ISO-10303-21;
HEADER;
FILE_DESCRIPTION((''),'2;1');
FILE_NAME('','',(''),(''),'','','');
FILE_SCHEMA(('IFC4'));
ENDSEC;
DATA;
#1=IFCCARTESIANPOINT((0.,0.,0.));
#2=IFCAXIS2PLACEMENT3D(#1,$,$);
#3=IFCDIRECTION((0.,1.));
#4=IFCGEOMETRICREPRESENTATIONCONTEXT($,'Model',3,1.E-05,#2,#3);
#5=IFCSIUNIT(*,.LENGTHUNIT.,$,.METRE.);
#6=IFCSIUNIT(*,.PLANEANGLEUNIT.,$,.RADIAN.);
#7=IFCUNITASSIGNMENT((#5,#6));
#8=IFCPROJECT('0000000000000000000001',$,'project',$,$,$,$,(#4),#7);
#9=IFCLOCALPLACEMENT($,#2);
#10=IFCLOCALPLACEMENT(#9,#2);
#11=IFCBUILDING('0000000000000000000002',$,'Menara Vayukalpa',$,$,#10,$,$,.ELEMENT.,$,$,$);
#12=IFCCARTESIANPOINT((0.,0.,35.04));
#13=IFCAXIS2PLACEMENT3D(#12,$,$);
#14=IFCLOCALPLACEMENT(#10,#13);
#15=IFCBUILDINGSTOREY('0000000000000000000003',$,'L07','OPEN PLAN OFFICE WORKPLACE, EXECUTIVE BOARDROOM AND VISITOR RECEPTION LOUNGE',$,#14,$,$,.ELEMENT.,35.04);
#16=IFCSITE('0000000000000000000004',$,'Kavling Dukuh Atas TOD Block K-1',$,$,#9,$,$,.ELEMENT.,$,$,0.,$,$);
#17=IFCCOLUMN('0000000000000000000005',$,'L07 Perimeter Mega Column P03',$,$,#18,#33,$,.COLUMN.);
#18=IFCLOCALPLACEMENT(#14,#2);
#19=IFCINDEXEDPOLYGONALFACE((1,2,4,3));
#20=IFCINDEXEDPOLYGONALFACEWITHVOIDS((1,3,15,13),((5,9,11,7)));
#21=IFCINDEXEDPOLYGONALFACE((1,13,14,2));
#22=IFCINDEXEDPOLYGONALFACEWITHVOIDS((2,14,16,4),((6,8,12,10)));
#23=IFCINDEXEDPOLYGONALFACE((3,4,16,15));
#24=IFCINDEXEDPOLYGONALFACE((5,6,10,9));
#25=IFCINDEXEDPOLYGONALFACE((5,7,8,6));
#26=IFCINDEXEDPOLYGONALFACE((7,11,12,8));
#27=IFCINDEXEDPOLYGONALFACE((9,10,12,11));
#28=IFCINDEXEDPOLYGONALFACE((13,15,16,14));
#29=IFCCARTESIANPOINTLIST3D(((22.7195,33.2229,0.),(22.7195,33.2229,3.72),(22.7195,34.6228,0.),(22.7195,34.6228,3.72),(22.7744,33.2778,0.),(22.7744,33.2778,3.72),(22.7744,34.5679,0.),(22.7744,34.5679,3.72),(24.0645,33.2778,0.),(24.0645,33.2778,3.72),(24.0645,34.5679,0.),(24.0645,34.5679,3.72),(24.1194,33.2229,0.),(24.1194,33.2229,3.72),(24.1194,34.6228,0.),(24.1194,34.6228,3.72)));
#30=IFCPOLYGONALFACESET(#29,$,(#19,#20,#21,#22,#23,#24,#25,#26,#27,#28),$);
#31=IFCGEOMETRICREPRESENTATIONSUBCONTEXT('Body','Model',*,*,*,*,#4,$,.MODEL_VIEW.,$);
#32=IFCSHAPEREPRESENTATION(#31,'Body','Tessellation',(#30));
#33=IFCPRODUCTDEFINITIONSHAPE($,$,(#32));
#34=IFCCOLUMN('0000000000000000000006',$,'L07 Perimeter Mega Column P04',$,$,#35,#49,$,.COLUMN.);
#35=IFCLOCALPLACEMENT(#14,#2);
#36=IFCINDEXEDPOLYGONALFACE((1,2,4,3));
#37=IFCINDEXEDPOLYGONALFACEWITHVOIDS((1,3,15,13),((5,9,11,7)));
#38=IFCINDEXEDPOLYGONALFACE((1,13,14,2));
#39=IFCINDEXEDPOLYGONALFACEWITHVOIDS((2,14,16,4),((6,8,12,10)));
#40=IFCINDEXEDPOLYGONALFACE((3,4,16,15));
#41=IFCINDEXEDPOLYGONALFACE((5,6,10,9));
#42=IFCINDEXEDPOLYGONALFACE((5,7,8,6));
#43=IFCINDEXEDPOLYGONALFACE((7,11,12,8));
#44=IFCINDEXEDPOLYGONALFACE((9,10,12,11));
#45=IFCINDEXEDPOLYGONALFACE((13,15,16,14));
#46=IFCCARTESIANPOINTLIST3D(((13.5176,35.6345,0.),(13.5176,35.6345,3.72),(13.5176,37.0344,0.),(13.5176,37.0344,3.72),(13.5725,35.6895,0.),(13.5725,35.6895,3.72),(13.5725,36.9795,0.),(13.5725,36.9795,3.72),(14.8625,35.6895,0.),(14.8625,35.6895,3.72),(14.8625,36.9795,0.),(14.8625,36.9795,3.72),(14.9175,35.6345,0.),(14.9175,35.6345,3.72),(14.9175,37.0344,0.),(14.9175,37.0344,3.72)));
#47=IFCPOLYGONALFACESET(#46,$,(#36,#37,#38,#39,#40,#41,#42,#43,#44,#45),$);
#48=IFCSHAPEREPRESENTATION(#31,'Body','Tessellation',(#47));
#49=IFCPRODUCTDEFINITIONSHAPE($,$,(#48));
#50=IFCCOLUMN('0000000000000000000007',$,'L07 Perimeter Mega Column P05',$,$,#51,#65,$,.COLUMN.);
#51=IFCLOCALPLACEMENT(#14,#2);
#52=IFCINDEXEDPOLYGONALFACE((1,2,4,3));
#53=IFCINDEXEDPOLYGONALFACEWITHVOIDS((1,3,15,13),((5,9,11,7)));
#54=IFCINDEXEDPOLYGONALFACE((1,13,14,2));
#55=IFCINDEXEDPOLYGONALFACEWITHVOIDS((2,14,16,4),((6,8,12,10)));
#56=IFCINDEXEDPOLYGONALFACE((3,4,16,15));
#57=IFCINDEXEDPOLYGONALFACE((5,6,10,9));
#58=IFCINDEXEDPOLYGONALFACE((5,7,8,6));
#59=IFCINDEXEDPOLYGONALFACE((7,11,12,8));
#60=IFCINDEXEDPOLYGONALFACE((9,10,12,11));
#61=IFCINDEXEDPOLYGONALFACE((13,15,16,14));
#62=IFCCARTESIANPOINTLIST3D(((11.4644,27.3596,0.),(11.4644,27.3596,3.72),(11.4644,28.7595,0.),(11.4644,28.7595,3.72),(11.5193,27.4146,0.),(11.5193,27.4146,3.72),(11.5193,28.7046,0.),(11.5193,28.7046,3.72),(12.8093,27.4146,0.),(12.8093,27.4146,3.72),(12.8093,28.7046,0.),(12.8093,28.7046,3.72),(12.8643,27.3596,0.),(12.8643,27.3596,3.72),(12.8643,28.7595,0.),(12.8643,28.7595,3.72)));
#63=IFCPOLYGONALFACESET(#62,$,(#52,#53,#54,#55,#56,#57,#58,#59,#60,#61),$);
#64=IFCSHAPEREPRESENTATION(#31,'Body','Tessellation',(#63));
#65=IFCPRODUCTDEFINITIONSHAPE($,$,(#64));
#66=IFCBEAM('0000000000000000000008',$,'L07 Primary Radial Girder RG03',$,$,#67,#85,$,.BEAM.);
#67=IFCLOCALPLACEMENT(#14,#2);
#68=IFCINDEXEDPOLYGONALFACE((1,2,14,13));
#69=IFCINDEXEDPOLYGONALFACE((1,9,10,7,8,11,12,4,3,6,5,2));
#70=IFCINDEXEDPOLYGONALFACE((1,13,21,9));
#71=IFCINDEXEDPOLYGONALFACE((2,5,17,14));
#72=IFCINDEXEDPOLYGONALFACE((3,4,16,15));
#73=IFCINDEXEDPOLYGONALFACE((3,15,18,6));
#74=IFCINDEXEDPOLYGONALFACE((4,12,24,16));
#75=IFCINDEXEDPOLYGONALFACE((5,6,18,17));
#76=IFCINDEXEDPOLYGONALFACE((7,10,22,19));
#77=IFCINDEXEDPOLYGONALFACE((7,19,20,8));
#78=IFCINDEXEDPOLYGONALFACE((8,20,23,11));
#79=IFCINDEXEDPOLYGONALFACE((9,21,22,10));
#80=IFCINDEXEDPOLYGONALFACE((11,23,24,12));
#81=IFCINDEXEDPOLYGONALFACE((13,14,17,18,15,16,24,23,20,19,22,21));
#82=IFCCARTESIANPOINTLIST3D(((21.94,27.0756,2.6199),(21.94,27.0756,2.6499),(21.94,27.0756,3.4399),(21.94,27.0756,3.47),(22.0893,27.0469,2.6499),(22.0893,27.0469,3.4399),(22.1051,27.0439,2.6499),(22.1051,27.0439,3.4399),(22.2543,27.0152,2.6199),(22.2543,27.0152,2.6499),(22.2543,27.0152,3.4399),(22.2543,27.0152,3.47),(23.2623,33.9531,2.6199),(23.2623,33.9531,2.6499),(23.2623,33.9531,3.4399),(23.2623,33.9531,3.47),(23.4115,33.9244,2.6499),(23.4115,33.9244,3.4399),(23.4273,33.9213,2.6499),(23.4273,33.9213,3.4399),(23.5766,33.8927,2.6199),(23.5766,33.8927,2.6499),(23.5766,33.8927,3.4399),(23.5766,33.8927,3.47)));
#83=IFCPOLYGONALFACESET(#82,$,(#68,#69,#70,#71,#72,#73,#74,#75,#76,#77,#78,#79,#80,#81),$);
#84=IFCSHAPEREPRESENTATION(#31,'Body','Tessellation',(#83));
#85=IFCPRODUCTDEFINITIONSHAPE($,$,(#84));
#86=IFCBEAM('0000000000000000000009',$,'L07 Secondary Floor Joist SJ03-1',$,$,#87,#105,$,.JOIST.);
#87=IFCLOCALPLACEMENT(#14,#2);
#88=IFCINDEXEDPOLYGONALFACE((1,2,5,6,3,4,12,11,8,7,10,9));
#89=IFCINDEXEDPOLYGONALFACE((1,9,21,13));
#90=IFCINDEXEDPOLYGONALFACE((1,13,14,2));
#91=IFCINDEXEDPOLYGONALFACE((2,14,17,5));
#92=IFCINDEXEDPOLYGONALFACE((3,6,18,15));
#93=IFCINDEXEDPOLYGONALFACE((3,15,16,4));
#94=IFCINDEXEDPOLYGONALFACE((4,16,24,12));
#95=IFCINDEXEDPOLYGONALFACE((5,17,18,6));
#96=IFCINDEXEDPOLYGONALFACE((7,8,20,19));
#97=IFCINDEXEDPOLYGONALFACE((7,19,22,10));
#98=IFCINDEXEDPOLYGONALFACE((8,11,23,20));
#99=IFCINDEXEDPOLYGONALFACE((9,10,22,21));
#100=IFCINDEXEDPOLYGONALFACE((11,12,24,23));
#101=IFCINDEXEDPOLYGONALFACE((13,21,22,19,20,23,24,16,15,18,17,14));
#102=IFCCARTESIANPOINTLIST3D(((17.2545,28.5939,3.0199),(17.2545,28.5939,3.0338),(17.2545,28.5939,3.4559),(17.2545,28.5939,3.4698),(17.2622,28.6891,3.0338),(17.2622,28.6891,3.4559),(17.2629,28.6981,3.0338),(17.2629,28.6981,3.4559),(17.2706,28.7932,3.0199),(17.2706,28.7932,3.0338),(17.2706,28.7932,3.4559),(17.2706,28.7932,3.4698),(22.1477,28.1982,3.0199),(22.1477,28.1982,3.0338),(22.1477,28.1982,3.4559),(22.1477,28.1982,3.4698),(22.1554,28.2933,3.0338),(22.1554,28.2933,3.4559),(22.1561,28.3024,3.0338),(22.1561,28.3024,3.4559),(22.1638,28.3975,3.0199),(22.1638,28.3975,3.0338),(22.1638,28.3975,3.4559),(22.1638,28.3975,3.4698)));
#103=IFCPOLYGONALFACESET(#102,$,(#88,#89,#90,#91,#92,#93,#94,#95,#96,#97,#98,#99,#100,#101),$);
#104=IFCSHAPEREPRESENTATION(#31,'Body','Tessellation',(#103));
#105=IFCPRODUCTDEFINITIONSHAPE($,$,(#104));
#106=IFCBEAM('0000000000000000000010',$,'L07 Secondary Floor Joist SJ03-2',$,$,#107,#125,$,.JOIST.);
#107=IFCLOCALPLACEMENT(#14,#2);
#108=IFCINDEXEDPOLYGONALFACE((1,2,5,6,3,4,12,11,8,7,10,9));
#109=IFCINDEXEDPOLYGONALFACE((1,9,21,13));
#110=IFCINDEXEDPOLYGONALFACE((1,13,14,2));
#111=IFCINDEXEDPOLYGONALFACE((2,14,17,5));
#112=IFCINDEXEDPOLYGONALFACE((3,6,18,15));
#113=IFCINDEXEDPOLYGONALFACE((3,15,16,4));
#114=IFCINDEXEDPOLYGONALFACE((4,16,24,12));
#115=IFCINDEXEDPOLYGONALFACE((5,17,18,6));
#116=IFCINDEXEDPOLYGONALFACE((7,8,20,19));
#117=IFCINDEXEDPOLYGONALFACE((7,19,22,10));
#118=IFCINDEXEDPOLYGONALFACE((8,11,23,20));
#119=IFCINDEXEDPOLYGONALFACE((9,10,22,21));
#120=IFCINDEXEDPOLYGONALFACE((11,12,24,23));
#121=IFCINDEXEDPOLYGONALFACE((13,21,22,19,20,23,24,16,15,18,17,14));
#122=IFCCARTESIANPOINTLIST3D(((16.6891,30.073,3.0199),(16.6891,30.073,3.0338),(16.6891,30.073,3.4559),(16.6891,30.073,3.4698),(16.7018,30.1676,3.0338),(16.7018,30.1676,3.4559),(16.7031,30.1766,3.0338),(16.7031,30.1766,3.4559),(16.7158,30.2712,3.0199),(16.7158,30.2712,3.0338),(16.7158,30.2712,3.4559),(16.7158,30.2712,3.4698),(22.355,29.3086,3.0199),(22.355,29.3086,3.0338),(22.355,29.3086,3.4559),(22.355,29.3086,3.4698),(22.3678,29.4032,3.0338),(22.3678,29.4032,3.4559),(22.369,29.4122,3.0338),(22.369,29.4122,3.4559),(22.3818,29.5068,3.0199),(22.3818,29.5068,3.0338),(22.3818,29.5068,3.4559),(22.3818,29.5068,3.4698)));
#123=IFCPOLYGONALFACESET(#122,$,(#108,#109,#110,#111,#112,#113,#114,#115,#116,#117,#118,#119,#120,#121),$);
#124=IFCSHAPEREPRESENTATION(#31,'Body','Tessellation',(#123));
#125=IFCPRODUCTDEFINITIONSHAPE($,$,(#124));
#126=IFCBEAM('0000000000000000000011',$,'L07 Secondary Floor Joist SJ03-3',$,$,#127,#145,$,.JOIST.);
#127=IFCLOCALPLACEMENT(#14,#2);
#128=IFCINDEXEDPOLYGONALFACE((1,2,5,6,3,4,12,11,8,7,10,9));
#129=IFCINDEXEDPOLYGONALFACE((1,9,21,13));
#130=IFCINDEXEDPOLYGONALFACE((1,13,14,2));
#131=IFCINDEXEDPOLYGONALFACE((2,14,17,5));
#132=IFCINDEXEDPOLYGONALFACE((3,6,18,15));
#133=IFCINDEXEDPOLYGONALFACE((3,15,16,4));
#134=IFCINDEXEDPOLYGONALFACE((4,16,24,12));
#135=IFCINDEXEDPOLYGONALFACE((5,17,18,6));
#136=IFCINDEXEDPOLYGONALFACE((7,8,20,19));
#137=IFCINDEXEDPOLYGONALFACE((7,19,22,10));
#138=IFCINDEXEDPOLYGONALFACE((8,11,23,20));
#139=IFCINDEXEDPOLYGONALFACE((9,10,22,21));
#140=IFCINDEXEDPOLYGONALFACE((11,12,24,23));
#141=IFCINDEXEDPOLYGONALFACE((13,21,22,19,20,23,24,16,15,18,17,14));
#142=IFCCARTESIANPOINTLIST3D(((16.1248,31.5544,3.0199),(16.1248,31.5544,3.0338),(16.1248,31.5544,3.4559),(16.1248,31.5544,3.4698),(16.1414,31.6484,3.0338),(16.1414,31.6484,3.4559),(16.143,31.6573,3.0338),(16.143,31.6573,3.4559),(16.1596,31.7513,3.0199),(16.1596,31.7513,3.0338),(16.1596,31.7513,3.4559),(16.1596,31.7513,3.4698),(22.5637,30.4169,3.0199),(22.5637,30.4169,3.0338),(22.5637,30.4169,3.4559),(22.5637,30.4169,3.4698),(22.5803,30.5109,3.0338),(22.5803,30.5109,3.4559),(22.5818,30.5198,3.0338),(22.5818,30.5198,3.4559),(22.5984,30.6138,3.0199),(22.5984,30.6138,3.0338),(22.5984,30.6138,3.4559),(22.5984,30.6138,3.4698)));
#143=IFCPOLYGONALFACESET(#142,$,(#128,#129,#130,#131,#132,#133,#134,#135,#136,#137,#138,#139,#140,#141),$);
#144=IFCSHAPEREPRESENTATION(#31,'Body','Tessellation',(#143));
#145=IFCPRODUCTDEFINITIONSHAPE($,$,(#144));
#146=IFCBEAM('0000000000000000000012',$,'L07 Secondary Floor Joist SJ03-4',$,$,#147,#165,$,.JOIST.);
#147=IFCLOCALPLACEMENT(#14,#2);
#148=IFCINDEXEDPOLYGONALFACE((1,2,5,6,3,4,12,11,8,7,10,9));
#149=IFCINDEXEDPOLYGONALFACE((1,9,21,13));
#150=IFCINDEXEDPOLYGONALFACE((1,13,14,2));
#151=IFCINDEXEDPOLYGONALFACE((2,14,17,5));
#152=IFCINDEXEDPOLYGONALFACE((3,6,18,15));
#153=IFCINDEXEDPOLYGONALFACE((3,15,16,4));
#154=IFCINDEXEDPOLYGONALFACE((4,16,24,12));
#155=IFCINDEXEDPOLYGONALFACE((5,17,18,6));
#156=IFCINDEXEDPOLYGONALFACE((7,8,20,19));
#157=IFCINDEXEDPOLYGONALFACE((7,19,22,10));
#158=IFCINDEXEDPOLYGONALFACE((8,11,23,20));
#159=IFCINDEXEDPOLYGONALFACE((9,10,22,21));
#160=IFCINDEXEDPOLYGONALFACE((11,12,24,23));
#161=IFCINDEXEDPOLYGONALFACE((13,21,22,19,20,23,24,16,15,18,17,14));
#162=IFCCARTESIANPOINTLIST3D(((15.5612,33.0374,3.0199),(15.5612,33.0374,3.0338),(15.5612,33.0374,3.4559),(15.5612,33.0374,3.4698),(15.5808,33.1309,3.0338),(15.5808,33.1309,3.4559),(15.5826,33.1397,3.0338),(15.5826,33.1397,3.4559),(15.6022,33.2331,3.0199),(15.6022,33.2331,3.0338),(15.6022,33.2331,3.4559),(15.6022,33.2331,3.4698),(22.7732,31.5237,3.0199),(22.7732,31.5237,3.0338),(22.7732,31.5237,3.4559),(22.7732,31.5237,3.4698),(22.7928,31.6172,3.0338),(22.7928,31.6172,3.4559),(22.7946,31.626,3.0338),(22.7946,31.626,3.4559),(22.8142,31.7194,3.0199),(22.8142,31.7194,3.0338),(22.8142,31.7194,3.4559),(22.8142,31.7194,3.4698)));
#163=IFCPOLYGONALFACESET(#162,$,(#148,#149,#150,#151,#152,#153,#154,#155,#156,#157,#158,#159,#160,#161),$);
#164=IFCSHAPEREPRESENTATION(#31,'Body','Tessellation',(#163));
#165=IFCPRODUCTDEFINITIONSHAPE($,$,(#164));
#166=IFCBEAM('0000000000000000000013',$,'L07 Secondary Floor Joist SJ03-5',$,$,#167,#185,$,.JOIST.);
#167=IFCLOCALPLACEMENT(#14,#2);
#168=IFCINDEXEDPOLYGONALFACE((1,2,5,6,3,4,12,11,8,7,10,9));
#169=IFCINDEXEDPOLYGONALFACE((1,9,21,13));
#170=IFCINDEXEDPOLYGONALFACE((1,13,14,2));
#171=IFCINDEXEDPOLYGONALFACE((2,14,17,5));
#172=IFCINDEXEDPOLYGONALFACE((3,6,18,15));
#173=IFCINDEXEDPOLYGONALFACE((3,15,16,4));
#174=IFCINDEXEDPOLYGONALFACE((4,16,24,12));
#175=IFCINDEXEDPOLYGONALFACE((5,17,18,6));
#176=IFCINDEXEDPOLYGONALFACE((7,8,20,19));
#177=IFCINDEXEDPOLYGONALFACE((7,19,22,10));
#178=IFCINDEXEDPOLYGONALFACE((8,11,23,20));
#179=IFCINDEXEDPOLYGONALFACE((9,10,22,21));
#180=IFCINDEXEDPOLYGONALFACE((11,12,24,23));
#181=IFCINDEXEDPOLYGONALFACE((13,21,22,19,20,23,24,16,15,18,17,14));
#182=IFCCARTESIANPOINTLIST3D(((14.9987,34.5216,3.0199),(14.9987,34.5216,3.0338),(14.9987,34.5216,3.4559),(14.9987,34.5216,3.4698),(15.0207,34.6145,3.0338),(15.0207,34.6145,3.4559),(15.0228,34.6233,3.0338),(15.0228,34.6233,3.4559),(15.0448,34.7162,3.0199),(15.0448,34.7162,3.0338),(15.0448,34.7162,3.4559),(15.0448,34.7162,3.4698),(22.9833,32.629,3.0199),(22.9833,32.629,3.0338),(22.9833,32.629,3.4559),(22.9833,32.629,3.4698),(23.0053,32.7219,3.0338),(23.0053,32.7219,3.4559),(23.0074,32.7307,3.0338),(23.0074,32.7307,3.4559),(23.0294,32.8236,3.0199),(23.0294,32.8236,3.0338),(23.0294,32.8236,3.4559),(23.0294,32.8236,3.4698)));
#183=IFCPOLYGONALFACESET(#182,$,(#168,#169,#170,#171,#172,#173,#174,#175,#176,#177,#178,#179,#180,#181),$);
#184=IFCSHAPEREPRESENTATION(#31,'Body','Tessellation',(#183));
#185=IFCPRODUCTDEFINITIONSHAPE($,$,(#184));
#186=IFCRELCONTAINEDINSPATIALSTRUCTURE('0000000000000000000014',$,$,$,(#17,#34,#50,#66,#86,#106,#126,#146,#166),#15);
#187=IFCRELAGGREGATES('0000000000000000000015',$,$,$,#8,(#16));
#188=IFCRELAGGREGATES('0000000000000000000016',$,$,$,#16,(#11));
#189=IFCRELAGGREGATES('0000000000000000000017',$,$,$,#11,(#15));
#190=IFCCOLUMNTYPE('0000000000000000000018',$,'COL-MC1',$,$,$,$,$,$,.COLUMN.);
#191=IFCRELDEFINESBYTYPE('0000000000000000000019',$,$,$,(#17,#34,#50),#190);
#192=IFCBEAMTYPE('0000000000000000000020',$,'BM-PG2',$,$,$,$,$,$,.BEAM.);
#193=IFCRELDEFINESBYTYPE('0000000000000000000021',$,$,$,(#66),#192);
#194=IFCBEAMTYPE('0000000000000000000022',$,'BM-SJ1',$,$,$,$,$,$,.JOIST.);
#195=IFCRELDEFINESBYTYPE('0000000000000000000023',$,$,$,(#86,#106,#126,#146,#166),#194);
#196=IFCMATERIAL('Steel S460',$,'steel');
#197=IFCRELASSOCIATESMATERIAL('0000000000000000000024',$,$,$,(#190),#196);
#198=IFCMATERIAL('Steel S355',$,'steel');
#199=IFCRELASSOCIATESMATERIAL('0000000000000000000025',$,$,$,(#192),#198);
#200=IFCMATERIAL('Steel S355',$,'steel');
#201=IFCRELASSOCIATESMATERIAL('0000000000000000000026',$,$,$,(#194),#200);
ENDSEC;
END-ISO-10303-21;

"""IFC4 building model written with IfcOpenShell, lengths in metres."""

from ifc_helpers import new_model, si_unit, direction, frame, origin, origin_2d, place, context, subcontext, project, spatial, hollow_rectangle, i_section, extrude, material, material_profile, profile_set, type_object, element, save


model = new_model("IFC4")

# Units and contexts
model_context = context("Model", 3, precision=1e-05, world=origin(), true_north=direction((0.0, 1.0)))
body_context = subcontext(model_context, "Body", "Model", "MODEL_VIEW")
ifc_project = project(units=[si_unit("LENGTHUNIT", "METRE"), si_unit("PLANEANGLEUNIT", "RADIAN")], contexts=[model_context])

# Site, building, storey
site_placement = place(None, origin())
site = spatial("IfcSite", under=ifc_project, at=site_placement, Name="Kavling Dukuh Atas TOD Block K-1", CompositionType="ELEMENT", RefElevation=0.0)
building_placement = place(site_placement, origin())
building = spatial("IfcBuilding", under=site, at=building_placement, Name="Menara Vayukalpa", CompositionType="ELEMENT")
storey_placement = place(building_placement, frame((0.0, 0.0, 35.04)))
storey = spatial("IfcBuildingStorey", under=building, at=storey_placement, Name="L07", Description="OPEN PLAN OFFICE WORKPLACE, EXECUTIVE BOARDROOM AND VISITOR RECEPTION LOUNGE", CompositionType="ELEMENT", Elevation=35.04)

# Columns
ifc_material_1 = material(Name="Steel S460", Category="steel")
ifc_material_profile_1 = material_profile(ifc_material_1, hollow_rectangle(XDim=1.3999, YDim=1.3999, WallThickness=0.0549, at=origin_2d()), Name="BOX 1400x1400x55")
ifc_profile_set_1 = profile_set([ifc_material_profile_1], Name="Steel S460")
column_type = type_object("IfcColumnType", Name="COL-MC1", PredefinedType="COLUMN", material=ifc_profile_set_1)
for number, where, z_axis, x_axis, name in (
    (1, (23.4194, 33.9229, 0.0), (0.0, 0.0, 1.0), (1.0, 0.0, 0.0), "L07 Perimeter Mega Column P03"),
    (2, (14.2175, 36.3345, 0.0), (0.0, 0.0, 1.0), (1.0, 0.0, 0.0), "L07 Perimeter Mega Column P04"),
    (3, (12.1643, 28.0596, 0.0), (0.0, 0.0, 1.0), (1.0, 0.0, 0.0), "L07 Perimeter Mega Column P05"),
):
    element("IfcColumn", number, at=place(storey_placement, frame(where, z_axis=z_axis, x_axis=x_axis)), inside=storey, type_object=column_type, Name=name, PredefinedType="COLUMN", context=body_context, shape_type="SweptSolid", body=[
        extrude(hollow_rectangle(XDim=1.3999, YDim=1.3999, WallThickness=0.0549, at=origin_2d()), origin(), (0.0, 0.0, 1.0), 3.72),
    ])

# Beams
ifc_material_2 = material(Name="Steel S355", Category="steel")
ifc_material_profile_2 = material_profile(ifc_material_2, i_section(OverallWidth=0.3201, OverallDepth=0.8501, WebThickness=0.0161, FlangeThickness=0.03, at=origin_2d()), Name="WF 850x320x16x30")
ifc_profile_set_2 = profile_set([ifc_material_profile_2], Name="Steel S355")
beam_type_1 = type_object("IfcBeamType", Name="BM-PG2", PredefinedType="BEAM", material=ifc_profile_set_2)
beam_1_placement = place(storey_placement, frame((22.0972, 27.0454, 3.0449), z_axis=(0.188803, 0.982015, 0.0), x_axis=(-0.982015, 0.188803, 0.0)))
element("IfcBeam", 4, at=beam_1_placement, inside=storey, type_object=beam_type_1, Name="L07 Primary Radial Girder RG03", PredefinedType="BEAM", context=body_context, shape_type="SweptSolid", body=[
    extrude(i_section(OverallWidth=0.3201, OverallDepth=0.8501, WebThickness=0.0161, FlangeThickness=0.03, at=origin_2d()), origin(), (0.0, 0.0, 1.0), 7.0034),
])
ifc_material_3 = material(Name="Steel S355", Category="steel")
ifc_material_profile_3 = material_profile(ifc_material_3, i_section(OverallWidth=0.2, OverallDepth=0.45, WebThickness=0.009, FlangeThickness=0.0139, at=origin_2d()), Name="WF 450x200x9x14")
ifc_profile_set_3 = profile_set([ifc_material_profile_3], Name="Steel S355")
beam_type_2 = type_object("IfcBeamType", Name="BM-SJ1", PredefinedType="JOIST", material=ifc_profile_set_3)
beam_2_placement = place(storey_placement, frame((22.1558, 28.2979, 3.2449), z_axis=(-0.996745, 0.080613, 0.0), x_axis=(-0.080613, -0.996745, 0.0)))
element("IfcBeam", 5, at=beam_2_placement, inside=storey, type_object=beam_type_2, Name="L07 Secondary Floor Joist SJ03-1", PredefinedType="JOIST", context=body_context, shape_type="SweptSolid", body=[
    extrude(i_section(OverallWidth=0.2, OverallDepth=0.45, WebThickness=0.009, FlangeThickness=0.0139, at=origin_2d()), origin(), (0.0, 0.0, 1.0), 4.9092),
])
beam_3_placement = place(storey_placement, frame((22.3684, 29.4077, 3.2449), z_axis=(-0.991022, 0.133699, 0.0), x_axis=(-0.133699, -0.991022, 0.0)))
element("IfcBeam", 6, at=beam_3_placement, inside=storey, type_object=beam_type_2, Name="L07 Secondary Floor Joist SJ03-2", PredefinedType="JOIST", context=body_context, shape_type="SweptSolid", body=[
    extrude(i_section(OverallWidth=0.2, OverallDepth=0.45, WebThickness=0.009, FlangeThickness=0.0139, at=origin_2d()), origin(), (0.0, 0.0, 1.0), 5.7173),
])
beam_4_placement = place(storey_placement, frame((22.5811, 30.5154, 3.2449), z_axis=(-0.984753, 0.173958, 0.0), x_axis=(-0.173958, -0.984753, 0.0)))
element("IfcBeam", 7, at=beam_4_placement, inside=storey, type_object=beam_type_2, Name="L07 Secondary Floor Joist SJ03-3", PredefinedType="JOIST", context=body_context, shape_type="SweptSolid", body=[
    extrude(i_section(OverallWidth=0.2, OverallDepth=0.45, WebThickness=0.009, FlangeThickness=0.0139, at=origin_2d()), origin(), (0.0, 0.0, 1.0), 6.5386),
])
beam_5_placement = place(storey_placement, frame((22.7937, 31.6216, 3.2449), z_axis=(-0.978676, 0.205409, 0.0), x_axis=(-0.205409, -0.978676, 0.0)))
element("IfcBeam", 8, at=beam_5_placement, inside=storey, type_object=beam_type_2, Name="L07 Secondary Floor Joist SJ03-4", PredefinedType="JOIST", context=body_context, shape_type="SweptSolid", body=[
    extrude(i_section(OverallWidth=0.2, OverallDepth=0.45, WebThickness=0.009, FlangeThickness=0.0139, at=origin_2d()), origin(), (0.0, 0.0, 1.0), 7.3691),
])
beam_6_placement = place(storey_placement, frame((23.0063, 32.7263, 3.2449), z_axis=(-0.97304, 0.230638, 0.0), x_axis=(-0.230638, -0.97304, 0.0)))
element("IfcBeam", 9, at=beam_6_placement, inside=storey, type_object=beam_type_2, Name="L07 Secondary Floor Joist SJ03-5", PredefinedType="JOIST", context=body_context, shape_type="SweptSolid", body=[
    extrude(i_section(OverallWidth=0.2, OverallDepth=0.45, WebThickness=0.009, FlangeThickness=0.0139, at=origin_2d()), origin(), (0.0, 0.0, 1.0), 8.2058),
])

save(model, "model.ifc")
